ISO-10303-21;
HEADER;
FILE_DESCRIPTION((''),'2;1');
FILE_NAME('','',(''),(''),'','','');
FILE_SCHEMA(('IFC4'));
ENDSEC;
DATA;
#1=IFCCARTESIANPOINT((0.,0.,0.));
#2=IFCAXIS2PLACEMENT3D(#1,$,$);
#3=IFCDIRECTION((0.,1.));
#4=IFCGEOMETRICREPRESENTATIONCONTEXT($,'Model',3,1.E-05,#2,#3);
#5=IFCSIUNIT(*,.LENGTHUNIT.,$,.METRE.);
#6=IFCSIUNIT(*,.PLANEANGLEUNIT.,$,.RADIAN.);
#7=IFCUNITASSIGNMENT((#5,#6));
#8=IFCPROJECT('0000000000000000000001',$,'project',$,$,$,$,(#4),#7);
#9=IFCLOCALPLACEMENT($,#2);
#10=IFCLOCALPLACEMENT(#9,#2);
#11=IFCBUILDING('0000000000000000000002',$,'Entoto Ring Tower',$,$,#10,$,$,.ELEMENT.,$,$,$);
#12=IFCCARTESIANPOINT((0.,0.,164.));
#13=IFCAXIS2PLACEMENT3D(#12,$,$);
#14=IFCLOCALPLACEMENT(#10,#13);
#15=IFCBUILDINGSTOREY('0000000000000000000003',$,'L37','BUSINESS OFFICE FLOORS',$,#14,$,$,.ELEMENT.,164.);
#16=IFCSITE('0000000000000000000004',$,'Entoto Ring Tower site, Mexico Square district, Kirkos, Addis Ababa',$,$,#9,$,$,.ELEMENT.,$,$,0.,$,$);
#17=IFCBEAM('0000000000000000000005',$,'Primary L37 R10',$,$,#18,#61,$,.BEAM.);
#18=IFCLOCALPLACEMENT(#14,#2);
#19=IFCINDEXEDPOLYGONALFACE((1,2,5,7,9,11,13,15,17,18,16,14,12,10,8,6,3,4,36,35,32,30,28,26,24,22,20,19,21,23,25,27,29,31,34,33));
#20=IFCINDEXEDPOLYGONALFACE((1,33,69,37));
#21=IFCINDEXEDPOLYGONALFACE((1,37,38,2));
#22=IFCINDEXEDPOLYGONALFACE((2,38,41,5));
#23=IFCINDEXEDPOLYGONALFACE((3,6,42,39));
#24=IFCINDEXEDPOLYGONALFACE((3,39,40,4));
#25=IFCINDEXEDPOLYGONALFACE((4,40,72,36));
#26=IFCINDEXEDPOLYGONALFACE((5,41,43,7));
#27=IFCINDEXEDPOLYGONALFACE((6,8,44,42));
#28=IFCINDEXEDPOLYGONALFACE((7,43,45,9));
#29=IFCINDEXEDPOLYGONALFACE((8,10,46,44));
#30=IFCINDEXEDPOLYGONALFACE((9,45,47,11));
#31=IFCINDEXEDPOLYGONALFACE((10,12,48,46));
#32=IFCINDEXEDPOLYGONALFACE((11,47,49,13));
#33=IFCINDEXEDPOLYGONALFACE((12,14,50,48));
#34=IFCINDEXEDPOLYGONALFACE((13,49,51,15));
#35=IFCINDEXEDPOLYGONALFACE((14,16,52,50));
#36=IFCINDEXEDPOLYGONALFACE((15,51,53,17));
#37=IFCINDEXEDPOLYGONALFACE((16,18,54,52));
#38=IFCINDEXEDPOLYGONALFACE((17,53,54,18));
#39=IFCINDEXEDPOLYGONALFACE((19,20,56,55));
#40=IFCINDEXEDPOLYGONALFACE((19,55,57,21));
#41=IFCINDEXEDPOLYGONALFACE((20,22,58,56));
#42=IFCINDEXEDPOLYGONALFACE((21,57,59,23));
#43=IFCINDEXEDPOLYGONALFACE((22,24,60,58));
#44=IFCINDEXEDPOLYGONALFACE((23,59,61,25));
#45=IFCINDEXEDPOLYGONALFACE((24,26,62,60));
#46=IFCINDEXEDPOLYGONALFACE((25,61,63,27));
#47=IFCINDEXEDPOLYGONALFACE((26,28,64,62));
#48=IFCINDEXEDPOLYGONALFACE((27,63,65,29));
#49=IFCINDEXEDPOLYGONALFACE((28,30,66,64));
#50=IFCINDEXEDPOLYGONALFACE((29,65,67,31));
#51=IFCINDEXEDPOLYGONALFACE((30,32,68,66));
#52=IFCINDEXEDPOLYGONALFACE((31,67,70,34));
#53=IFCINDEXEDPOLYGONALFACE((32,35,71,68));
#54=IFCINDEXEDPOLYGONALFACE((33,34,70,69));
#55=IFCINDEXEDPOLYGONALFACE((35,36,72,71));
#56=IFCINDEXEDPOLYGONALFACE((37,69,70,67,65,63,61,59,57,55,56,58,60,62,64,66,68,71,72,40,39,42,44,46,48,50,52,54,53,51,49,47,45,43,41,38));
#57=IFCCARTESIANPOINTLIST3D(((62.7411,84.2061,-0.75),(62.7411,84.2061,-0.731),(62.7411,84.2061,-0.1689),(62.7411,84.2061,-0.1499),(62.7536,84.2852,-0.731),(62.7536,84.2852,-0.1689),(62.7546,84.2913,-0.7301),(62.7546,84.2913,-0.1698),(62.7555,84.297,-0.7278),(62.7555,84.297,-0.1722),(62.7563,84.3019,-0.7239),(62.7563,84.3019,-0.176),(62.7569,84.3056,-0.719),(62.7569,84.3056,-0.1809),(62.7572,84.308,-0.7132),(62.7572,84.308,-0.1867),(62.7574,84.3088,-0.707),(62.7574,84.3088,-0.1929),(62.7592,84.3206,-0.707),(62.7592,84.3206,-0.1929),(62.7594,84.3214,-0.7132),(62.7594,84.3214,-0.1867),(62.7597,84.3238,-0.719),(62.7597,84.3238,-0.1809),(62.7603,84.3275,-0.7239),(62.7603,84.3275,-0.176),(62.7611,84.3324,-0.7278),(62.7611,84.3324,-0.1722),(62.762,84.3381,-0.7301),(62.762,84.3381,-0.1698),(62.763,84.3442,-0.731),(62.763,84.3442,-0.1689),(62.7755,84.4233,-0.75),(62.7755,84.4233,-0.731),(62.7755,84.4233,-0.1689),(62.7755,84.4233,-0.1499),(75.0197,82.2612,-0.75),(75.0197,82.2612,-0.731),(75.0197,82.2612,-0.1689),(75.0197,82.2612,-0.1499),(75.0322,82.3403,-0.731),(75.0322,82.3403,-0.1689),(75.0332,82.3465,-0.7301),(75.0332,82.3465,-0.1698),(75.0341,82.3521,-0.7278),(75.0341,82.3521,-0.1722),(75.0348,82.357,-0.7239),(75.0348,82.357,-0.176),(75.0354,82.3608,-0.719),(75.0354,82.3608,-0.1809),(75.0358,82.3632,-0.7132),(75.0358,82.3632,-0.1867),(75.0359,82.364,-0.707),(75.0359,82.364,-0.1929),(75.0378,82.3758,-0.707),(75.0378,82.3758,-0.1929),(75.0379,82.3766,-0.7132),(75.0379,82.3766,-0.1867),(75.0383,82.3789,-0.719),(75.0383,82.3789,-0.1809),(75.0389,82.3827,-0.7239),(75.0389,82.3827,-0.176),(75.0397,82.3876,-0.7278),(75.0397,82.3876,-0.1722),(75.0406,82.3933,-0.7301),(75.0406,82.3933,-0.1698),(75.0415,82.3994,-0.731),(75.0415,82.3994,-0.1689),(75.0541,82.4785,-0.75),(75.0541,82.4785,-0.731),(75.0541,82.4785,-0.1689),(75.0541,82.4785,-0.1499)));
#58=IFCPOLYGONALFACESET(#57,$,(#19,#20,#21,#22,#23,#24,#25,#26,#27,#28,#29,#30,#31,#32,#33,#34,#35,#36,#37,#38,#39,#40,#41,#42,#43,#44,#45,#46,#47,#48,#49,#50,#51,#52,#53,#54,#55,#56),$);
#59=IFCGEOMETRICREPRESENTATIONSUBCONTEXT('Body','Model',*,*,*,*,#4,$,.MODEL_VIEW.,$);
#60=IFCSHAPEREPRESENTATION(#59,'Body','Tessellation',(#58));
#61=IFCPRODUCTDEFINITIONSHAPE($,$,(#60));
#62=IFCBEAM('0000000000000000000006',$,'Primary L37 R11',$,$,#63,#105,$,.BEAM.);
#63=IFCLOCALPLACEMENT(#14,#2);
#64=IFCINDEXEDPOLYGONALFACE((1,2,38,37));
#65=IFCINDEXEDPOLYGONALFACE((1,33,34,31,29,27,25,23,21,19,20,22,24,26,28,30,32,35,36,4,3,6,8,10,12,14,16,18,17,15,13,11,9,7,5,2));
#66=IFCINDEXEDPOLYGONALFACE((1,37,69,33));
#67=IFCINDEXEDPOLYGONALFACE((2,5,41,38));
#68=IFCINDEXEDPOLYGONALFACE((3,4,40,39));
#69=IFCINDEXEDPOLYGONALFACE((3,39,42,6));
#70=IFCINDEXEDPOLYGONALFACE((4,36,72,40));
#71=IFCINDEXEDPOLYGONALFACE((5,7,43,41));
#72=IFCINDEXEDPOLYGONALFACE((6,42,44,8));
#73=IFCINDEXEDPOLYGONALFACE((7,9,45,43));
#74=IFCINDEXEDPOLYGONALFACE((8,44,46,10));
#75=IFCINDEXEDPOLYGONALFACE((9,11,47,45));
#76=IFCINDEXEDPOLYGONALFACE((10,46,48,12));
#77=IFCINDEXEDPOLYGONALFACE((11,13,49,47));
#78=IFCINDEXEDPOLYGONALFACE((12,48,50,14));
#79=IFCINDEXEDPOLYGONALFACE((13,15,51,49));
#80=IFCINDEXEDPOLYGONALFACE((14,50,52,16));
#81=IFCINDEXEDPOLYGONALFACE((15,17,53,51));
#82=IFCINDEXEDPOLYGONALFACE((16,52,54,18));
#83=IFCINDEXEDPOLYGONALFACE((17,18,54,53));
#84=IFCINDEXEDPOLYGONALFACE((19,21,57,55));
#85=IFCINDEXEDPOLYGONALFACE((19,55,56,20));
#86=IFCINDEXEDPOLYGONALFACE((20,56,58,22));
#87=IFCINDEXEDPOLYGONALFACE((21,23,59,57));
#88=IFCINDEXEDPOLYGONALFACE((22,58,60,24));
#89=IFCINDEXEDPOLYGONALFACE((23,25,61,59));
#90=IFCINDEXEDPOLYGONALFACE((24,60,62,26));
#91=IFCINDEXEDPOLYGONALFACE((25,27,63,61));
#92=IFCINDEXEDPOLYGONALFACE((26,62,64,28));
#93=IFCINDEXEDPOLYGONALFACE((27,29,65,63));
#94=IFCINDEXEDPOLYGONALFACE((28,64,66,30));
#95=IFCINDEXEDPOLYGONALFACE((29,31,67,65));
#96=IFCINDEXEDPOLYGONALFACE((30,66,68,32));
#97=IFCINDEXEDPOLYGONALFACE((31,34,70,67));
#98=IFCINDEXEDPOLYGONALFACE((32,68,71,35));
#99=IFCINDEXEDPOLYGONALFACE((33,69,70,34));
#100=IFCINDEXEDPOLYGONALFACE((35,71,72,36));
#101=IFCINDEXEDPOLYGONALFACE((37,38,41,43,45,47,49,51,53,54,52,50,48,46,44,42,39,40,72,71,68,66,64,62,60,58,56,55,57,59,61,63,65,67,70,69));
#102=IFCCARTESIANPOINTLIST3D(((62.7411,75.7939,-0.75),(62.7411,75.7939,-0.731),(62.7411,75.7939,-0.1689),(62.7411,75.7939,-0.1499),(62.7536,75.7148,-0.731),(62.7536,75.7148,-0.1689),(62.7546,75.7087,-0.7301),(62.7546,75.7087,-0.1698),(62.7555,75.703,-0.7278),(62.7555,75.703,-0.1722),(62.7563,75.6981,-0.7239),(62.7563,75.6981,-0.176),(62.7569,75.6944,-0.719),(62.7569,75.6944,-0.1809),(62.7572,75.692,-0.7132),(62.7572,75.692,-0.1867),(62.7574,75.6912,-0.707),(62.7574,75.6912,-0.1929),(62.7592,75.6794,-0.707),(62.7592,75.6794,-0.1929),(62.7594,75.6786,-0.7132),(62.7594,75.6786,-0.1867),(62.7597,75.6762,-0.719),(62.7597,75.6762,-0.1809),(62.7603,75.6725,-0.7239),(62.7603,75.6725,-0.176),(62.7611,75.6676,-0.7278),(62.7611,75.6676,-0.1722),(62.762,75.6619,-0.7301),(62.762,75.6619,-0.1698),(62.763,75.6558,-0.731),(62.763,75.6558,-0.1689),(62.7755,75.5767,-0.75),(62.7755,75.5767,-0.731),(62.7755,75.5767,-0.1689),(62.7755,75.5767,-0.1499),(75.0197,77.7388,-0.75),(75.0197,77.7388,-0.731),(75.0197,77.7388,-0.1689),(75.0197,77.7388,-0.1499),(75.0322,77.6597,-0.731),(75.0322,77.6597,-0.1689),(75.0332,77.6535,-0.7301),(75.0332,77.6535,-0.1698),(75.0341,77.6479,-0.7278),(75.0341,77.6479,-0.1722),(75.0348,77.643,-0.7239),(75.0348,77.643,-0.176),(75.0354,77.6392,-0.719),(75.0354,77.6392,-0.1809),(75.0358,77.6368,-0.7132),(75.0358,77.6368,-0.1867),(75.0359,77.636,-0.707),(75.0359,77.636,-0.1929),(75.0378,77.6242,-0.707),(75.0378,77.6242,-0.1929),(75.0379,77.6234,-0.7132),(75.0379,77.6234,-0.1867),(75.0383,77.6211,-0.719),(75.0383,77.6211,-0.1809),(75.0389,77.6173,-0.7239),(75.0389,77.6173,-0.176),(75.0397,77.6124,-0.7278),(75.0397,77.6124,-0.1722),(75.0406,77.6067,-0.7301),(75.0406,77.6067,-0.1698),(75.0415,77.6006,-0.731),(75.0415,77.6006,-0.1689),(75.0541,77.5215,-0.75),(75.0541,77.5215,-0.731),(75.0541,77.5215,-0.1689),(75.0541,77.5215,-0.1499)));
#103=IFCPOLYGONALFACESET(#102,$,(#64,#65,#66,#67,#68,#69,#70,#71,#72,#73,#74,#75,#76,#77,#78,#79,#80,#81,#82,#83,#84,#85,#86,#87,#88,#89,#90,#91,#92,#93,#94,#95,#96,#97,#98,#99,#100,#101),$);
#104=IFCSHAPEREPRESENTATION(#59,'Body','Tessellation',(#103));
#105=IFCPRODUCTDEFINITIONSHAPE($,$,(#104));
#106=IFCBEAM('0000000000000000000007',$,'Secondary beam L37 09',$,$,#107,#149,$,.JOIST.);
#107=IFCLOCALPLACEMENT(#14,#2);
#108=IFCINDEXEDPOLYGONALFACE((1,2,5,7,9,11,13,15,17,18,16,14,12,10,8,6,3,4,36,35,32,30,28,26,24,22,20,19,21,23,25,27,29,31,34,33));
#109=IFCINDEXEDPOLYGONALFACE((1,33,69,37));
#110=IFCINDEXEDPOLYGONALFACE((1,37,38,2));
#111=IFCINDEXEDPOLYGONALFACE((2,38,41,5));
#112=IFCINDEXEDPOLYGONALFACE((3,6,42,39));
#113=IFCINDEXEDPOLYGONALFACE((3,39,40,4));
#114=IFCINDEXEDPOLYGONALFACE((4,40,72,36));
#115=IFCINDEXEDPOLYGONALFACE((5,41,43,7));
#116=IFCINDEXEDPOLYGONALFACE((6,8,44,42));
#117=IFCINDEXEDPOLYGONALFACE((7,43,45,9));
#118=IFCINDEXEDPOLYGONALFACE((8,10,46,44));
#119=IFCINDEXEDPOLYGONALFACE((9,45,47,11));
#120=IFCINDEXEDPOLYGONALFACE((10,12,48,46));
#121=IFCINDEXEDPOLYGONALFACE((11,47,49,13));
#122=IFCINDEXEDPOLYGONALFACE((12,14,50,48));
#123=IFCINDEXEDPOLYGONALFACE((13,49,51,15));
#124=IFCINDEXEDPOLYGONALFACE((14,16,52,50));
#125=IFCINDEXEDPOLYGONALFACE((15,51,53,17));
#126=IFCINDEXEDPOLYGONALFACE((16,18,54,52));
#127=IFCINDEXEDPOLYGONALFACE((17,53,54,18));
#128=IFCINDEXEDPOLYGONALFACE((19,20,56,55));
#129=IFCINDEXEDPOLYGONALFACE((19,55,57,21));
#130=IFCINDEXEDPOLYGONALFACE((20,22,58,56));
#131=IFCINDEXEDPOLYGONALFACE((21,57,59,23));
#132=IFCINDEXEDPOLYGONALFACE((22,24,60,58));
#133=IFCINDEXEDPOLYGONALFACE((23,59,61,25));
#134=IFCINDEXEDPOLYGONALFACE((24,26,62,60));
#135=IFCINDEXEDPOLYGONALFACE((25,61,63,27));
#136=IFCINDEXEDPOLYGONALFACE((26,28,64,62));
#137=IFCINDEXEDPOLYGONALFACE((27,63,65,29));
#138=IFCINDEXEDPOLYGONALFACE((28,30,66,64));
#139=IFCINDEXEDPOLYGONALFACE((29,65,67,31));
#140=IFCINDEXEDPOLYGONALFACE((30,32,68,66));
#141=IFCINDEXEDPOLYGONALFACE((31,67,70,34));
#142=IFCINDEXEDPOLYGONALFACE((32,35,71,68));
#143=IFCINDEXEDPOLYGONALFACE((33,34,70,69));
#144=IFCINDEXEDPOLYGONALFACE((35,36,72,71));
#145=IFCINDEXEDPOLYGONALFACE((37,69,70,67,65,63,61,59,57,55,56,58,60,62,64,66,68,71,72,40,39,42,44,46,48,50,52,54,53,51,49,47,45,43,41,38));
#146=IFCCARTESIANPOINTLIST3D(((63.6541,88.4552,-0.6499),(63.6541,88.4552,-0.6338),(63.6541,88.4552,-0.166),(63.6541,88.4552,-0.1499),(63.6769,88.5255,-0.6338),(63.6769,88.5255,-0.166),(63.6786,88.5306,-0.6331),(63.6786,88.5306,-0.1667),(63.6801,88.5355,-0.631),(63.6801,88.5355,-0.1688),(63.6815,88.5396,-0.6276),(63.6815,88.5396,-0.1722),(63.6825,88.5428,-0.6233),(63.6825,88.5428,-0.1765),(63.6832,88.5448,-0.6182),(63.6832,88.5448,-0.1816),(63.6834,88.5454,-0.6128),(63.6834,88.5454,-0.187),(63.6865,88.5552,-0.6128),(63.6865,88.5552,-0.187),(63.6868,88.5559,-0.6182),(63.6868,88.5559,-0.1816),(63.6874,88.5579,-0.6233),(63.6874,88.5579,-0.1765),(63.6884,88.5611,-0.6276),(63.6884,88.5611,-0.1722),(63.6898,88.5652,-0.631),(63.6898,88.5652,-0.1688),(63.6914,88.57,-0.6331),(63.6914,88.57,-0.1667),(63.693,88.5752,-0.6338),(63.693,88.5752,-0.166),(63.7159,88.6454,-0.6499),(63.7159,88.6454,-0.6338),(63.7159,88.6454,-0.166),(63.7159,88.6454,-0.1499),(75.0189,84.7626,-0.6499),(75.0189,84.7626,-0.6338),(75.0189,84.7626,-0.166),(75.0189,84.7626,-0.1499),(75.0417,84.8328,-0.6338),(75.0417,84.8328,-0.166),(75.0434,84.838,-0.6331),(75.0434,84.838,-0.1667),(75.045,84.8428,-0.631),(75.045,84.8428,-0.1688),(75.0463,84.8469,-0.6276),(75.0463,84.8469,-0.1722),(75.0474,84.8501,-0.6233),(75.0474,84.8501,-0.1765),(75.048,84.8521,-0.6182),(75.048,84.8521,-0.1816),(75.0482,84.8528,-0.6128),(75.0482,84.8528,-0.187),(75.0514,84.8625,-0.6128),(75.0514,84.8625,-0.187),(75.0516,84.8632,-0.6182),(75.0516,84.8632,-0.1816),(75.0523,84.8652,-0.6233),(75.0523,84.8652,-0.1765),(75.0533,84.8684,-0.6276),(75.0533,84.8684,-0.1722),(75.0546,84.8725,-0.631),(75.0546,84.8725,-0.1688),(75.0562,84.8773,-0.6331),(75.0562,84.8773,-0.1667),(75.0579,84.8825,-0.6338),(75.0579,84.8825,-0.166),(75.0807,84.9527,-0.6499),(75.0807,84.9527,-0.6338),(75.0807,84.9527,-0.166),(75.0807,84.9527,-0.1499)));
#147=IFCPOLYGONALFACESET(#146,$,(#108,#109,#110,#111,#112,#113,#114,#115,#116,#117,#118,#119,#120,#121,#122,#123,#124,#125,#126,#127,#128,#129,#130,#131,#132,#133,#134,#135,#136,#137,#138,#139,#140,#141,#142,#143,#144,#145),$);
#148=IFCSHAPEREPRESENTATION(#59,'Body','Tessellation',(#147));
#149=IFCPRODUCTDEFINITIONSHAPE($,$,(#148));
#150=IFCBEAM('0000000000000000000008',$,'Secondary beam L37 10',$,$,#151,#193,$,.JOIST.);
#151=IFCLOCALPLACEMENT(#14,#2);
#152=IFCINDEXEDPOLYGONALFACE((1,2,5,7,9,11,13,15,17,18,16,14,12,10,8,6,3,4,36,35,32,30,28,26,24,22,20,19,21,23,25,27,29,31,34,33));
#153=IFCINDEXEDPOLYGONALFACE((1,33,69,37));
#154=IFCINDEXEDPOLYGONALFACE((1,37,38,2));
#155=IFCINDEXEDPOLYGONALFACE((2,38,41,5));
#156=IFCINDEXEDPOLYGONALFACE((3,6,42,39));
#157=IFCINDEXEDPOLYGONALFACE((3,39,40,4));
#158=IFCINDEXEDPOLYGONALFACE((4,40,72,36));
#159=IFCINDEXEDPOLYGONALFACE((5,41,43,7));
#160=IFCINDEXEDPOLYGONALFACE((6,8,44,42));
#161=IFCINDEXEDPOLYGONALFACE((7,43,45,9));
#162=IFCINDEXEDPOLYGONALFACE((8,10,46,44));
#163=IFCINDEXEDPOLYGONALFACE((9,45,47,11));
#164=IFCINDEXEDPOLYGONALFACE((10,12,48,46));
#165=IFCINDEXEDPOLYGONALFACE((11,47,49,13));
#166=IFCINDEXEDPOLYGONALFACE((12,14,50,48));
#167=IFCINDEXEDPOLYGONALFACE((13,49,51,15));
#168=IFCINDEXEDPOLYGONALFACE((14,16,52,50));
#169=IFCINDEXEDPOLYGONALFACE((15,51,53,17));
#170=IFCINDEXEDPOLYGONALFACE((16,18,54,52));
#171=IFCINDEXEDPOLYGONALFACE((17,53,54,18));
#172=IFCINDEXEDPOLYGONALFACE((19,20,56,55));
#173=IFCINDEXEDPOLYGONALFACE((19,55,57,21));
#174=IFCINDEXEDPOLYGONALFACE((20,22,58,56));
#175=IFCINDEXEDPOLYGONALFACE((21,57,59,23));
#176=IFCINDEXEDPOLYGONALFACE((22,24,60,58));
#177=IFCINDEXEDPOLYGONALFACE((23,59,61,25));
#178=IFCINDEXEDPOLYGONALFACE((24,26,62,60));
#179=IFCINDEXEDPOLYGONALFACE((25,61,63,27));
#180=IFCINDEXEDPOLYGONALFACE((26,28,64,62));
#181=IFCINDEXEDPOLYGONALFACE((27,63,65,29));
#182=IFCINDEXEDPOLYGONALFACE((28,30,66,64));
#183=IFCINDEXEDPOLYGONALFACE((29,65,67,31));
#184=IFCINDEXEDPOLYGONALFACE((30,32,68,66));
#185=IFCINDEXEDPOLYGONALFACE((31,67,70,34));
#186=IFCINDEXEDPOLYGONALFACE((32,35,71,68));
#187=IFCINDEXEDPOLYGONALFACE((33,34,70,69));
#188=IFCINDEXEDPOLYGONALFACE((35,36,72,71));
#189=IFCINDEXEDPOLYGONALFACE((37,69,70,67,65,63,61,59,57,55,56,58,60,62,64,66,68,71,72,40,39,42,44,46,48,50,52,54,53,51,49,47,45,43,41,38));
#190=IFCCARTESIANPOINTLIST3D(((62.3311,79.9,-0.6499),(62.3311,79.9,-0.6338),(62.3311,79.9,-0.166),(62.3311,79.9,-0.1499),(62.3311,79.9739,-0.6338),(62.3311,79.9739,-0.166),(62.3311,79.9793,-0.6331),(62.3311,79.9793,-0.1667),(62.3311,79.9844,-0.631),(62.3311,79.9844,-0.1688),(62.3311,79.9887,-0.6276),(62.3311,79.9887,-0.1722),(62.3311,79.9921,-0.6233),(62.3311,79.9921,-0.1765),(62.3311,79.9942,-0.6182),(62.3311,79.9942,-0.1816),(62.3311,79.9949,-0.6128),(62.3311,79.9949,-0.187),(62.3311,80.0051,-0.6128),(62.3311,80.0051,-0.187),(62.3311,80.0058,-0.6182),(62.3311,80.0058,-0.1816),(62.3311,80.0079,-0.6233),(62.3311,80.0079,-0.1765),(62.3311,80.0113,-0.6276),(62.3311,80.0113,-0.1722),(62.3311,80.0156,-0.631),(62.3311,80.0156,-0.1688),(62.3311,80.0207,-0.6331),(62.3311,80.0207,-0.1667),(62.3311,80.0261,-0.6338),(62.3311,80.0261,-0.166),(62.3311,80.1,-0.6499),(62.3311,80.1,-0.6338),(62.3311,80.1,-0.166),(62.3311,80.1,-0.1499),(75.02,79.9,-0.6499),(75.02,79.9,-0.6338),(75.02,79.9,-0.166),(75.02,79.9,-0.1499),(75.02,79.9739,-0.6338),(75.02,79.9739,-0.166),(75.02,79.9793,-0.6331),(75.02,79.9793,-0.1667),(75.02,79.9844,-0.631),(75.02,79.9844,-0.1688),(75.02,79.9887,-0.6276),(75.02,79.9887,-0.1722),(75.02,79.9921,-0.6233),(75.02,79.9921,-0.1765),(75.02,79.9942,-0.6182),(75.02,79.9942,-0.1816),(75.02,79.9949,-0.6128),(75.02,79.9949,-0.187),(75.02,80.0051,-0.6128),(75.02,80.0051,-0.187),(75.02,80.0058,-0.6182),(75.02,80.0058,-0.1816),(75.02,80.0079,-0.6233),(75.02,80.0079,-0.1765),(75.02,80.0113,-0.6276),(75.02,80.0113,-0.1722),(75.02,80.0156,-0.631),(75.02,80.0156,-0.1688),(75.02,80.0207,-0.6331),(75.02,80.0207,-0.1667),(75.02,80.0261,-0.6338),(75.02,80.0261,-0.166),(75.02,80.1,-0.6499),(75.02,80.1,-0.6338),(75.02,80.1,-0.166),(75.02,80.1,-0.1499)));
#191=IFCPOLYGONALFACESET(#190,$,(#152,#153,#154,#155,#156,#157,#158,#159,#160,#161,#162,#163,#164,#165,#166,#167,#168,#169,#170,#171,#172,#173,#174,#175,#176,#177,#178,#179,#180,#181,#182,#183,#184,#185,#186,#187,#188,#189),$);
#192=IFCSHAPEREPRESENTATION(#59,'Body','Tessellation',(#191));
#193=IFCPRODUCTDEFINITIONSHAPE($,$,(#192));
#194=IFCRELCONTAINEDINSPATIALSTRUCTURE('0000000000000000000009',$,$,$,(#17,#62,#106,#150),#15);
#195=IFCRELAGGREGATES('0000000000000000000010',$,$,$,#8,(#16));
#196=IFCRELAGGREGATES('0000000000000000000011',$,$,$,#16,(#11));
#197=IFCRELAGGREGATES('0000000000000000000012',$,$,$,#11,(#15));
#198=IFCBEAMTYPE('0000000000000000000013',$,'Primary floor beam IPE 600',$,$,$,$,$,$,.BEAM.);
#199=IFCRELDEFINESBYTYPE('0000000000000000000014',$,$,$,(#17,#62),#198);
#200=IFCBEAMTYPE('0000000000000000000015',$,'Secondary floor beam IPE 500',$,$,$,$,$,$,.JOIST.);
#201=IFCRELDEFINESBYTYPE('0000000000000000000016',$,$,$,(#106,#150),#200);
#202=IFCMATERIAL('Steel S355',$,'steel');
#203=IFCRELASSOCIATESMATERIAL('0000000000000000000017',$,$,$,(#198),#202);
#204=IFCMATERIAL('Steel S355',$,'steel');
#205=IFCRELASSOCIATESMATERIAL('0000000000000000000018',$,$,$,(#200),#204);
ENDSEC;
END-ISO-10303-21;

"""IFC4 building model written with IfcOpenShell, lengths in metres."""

from ifc_helpers import new_model, si_unit, direction, frame, origin, origin_2d, place, context, subcontext, project, spatial, i_section, extrude, material, material_profile, profile_set, type_object, element, save


model = new_model("IFC4")

# Units and contexts
model_context = context("Model", 3, precision=1e-05, world=origin(), true_north=direction((0.0, 1.0)))
body_context = subcontext(model_context, "Body", "Model", "MODEL_VIEW")
ifc_project = project(units=[si_unit("LENGTHUNIT", "METRE"), si_unit("PLANEANGLEUNIT", "RADIAN")], contexts=[model_context])

# Site, building, storey
site_placement = place(None, origin())
site = spatial("IfcSite", under=ifc_project, at=site_placement, Name="Entoto Ring Tower site, Mexico Square district, Kirkos, Addis Ababa", CompositionType="ELEMENT", RefElevation=0.0)
building_placement = place(site_placement, origin())
building = spatial("IfcBuilding", under=site, at=building_placement, Name="Entoto Ring Tower", CompositionType="ELEMENT")
storey_placement = place(building_placement, frame((0.0, 0.0, 164.0)))
storey = spatial("IfcBuildingStorey", under=building, at=storey_placement, Name="L37", Description="BUSINESS OFFICE FLOORS", CompositionType="ELEMENT", Elevation=164.0)

# Beams
ifc_material_1 = material(Name="Steel S355", Category="steel")
ifc_material_profile_1 = material_profile(ifc_material_1, i_section(OverallWidth=0.22, OverallDepth=0.6001, WebThickness=0.012, FlangeThickness=0.019, FilletRadius=0.0239, at=origin_2d()), Name="IPE 600")
ifc_profile_set_1 = profile_set([ifc_material_profile_1], Name="Steel S355")
beam_type_1 = type_object("IfcBeamType", Name="Primary floor beam IPE 600", PredefinedType="BEAM", material=ifc_profile_set_1)
for number, where, z_axis, x_axis, name in (
    (1, (75.0369, 82.3699, -0.45), (-0.987687, 0.156442, 0.0), (-0.156442, -0.987687, 0.0), "Primary L37 R10"),
    (2, (75.0369, 77.6301, -0.45), (-0.987687, -0.156442, 0.0), (0.156442, -0.987687, 0.0), "Primary L37 R11"),
):
    element("IfcBeam", number, at=place(storey_placement, frame(where, z_axis=z_axis, x_axis=x_axis)), inside=storey, type_object=beam_type_1, Name=name, PredefinedType="BEAM", context=body_context, shape_type="SweptSolid", body=[
        extrude(i_section(OverallWidth=0.22, OverallDepth=0.6001, WebThickness=0.012, FlangeThickness=0.019, FilletRadius=0.0239, at=origin_2d()), origin(), (0.0, 0.0, 1.0), 12.4316),
    ])
ifc_material_2 = material(Name="Steel S355", Category="steel")
ifc_material_profile_2 = material_profile(ifc_material_2, i_section(OverallWidth=0.2, OverallDepth=0.5, WebThickness=0.0103, FlangeThickness=0.0161, FilletRadius=0.021, at=origin_2d()), Name="IPE 500")
ifc_profile_set_2 = profile_set([ifc_material_profile_2], Name="Steel S355")
beam_type_2 = type_object("IfcBeamType", Name="Secondary floor beam IPE 500", PredefinedType="JOIST", material=ifc_profile_set_2)
beam_1_placement = place(storey_placement, frame((75.0498, 84.8577, -0.3999), z_axis=(-0.951057, 0.309017, 0.0), x_axis=(-0.309017, -0.951057, 0.0)))
element("IfcBeam", 3, at=beam_1_placement, inside=storey, type_object=beam_type_2, Name="Secondary beam L37 09", PredefinedType="JOIST", context=body_context, shape_type="SweptSolid", body=[
    extrude(i_section(OverallWidth=0.2, OverallDepth=0.5, WebThickness=0.0103, FlangeThickness=0.0161, FilletRadius=0.021, at=origin_2d()), origin(), (0.0, 0.0, 1.0), 11.9497),
])
beam_2_placement = place(storey_placement, frame((75.02, 80.0, -0.3999), z_axis=(-1.0, 0.0, 0.0), x_axis=(0.0, -1.0, 0.0)))
element("IfcBeam", 4, at=beam_2_placement, inside=storey, type_object=beam_type_2, Name="Secondary beam L37 10", PredefinedType="JOIST", context=body_context, shape_type="SweptSolid", body=[
    extrude(i_section(OverallWidth=0.2, OverallDepth=0.5, WebThickness=0.0103, FlangeThickness=0.0161, FilletRadius=0.021, at=origin_2d()), origin(), (0.0, 0.0, 1.0), 12.689),
])

save(model, "model.ifc")
